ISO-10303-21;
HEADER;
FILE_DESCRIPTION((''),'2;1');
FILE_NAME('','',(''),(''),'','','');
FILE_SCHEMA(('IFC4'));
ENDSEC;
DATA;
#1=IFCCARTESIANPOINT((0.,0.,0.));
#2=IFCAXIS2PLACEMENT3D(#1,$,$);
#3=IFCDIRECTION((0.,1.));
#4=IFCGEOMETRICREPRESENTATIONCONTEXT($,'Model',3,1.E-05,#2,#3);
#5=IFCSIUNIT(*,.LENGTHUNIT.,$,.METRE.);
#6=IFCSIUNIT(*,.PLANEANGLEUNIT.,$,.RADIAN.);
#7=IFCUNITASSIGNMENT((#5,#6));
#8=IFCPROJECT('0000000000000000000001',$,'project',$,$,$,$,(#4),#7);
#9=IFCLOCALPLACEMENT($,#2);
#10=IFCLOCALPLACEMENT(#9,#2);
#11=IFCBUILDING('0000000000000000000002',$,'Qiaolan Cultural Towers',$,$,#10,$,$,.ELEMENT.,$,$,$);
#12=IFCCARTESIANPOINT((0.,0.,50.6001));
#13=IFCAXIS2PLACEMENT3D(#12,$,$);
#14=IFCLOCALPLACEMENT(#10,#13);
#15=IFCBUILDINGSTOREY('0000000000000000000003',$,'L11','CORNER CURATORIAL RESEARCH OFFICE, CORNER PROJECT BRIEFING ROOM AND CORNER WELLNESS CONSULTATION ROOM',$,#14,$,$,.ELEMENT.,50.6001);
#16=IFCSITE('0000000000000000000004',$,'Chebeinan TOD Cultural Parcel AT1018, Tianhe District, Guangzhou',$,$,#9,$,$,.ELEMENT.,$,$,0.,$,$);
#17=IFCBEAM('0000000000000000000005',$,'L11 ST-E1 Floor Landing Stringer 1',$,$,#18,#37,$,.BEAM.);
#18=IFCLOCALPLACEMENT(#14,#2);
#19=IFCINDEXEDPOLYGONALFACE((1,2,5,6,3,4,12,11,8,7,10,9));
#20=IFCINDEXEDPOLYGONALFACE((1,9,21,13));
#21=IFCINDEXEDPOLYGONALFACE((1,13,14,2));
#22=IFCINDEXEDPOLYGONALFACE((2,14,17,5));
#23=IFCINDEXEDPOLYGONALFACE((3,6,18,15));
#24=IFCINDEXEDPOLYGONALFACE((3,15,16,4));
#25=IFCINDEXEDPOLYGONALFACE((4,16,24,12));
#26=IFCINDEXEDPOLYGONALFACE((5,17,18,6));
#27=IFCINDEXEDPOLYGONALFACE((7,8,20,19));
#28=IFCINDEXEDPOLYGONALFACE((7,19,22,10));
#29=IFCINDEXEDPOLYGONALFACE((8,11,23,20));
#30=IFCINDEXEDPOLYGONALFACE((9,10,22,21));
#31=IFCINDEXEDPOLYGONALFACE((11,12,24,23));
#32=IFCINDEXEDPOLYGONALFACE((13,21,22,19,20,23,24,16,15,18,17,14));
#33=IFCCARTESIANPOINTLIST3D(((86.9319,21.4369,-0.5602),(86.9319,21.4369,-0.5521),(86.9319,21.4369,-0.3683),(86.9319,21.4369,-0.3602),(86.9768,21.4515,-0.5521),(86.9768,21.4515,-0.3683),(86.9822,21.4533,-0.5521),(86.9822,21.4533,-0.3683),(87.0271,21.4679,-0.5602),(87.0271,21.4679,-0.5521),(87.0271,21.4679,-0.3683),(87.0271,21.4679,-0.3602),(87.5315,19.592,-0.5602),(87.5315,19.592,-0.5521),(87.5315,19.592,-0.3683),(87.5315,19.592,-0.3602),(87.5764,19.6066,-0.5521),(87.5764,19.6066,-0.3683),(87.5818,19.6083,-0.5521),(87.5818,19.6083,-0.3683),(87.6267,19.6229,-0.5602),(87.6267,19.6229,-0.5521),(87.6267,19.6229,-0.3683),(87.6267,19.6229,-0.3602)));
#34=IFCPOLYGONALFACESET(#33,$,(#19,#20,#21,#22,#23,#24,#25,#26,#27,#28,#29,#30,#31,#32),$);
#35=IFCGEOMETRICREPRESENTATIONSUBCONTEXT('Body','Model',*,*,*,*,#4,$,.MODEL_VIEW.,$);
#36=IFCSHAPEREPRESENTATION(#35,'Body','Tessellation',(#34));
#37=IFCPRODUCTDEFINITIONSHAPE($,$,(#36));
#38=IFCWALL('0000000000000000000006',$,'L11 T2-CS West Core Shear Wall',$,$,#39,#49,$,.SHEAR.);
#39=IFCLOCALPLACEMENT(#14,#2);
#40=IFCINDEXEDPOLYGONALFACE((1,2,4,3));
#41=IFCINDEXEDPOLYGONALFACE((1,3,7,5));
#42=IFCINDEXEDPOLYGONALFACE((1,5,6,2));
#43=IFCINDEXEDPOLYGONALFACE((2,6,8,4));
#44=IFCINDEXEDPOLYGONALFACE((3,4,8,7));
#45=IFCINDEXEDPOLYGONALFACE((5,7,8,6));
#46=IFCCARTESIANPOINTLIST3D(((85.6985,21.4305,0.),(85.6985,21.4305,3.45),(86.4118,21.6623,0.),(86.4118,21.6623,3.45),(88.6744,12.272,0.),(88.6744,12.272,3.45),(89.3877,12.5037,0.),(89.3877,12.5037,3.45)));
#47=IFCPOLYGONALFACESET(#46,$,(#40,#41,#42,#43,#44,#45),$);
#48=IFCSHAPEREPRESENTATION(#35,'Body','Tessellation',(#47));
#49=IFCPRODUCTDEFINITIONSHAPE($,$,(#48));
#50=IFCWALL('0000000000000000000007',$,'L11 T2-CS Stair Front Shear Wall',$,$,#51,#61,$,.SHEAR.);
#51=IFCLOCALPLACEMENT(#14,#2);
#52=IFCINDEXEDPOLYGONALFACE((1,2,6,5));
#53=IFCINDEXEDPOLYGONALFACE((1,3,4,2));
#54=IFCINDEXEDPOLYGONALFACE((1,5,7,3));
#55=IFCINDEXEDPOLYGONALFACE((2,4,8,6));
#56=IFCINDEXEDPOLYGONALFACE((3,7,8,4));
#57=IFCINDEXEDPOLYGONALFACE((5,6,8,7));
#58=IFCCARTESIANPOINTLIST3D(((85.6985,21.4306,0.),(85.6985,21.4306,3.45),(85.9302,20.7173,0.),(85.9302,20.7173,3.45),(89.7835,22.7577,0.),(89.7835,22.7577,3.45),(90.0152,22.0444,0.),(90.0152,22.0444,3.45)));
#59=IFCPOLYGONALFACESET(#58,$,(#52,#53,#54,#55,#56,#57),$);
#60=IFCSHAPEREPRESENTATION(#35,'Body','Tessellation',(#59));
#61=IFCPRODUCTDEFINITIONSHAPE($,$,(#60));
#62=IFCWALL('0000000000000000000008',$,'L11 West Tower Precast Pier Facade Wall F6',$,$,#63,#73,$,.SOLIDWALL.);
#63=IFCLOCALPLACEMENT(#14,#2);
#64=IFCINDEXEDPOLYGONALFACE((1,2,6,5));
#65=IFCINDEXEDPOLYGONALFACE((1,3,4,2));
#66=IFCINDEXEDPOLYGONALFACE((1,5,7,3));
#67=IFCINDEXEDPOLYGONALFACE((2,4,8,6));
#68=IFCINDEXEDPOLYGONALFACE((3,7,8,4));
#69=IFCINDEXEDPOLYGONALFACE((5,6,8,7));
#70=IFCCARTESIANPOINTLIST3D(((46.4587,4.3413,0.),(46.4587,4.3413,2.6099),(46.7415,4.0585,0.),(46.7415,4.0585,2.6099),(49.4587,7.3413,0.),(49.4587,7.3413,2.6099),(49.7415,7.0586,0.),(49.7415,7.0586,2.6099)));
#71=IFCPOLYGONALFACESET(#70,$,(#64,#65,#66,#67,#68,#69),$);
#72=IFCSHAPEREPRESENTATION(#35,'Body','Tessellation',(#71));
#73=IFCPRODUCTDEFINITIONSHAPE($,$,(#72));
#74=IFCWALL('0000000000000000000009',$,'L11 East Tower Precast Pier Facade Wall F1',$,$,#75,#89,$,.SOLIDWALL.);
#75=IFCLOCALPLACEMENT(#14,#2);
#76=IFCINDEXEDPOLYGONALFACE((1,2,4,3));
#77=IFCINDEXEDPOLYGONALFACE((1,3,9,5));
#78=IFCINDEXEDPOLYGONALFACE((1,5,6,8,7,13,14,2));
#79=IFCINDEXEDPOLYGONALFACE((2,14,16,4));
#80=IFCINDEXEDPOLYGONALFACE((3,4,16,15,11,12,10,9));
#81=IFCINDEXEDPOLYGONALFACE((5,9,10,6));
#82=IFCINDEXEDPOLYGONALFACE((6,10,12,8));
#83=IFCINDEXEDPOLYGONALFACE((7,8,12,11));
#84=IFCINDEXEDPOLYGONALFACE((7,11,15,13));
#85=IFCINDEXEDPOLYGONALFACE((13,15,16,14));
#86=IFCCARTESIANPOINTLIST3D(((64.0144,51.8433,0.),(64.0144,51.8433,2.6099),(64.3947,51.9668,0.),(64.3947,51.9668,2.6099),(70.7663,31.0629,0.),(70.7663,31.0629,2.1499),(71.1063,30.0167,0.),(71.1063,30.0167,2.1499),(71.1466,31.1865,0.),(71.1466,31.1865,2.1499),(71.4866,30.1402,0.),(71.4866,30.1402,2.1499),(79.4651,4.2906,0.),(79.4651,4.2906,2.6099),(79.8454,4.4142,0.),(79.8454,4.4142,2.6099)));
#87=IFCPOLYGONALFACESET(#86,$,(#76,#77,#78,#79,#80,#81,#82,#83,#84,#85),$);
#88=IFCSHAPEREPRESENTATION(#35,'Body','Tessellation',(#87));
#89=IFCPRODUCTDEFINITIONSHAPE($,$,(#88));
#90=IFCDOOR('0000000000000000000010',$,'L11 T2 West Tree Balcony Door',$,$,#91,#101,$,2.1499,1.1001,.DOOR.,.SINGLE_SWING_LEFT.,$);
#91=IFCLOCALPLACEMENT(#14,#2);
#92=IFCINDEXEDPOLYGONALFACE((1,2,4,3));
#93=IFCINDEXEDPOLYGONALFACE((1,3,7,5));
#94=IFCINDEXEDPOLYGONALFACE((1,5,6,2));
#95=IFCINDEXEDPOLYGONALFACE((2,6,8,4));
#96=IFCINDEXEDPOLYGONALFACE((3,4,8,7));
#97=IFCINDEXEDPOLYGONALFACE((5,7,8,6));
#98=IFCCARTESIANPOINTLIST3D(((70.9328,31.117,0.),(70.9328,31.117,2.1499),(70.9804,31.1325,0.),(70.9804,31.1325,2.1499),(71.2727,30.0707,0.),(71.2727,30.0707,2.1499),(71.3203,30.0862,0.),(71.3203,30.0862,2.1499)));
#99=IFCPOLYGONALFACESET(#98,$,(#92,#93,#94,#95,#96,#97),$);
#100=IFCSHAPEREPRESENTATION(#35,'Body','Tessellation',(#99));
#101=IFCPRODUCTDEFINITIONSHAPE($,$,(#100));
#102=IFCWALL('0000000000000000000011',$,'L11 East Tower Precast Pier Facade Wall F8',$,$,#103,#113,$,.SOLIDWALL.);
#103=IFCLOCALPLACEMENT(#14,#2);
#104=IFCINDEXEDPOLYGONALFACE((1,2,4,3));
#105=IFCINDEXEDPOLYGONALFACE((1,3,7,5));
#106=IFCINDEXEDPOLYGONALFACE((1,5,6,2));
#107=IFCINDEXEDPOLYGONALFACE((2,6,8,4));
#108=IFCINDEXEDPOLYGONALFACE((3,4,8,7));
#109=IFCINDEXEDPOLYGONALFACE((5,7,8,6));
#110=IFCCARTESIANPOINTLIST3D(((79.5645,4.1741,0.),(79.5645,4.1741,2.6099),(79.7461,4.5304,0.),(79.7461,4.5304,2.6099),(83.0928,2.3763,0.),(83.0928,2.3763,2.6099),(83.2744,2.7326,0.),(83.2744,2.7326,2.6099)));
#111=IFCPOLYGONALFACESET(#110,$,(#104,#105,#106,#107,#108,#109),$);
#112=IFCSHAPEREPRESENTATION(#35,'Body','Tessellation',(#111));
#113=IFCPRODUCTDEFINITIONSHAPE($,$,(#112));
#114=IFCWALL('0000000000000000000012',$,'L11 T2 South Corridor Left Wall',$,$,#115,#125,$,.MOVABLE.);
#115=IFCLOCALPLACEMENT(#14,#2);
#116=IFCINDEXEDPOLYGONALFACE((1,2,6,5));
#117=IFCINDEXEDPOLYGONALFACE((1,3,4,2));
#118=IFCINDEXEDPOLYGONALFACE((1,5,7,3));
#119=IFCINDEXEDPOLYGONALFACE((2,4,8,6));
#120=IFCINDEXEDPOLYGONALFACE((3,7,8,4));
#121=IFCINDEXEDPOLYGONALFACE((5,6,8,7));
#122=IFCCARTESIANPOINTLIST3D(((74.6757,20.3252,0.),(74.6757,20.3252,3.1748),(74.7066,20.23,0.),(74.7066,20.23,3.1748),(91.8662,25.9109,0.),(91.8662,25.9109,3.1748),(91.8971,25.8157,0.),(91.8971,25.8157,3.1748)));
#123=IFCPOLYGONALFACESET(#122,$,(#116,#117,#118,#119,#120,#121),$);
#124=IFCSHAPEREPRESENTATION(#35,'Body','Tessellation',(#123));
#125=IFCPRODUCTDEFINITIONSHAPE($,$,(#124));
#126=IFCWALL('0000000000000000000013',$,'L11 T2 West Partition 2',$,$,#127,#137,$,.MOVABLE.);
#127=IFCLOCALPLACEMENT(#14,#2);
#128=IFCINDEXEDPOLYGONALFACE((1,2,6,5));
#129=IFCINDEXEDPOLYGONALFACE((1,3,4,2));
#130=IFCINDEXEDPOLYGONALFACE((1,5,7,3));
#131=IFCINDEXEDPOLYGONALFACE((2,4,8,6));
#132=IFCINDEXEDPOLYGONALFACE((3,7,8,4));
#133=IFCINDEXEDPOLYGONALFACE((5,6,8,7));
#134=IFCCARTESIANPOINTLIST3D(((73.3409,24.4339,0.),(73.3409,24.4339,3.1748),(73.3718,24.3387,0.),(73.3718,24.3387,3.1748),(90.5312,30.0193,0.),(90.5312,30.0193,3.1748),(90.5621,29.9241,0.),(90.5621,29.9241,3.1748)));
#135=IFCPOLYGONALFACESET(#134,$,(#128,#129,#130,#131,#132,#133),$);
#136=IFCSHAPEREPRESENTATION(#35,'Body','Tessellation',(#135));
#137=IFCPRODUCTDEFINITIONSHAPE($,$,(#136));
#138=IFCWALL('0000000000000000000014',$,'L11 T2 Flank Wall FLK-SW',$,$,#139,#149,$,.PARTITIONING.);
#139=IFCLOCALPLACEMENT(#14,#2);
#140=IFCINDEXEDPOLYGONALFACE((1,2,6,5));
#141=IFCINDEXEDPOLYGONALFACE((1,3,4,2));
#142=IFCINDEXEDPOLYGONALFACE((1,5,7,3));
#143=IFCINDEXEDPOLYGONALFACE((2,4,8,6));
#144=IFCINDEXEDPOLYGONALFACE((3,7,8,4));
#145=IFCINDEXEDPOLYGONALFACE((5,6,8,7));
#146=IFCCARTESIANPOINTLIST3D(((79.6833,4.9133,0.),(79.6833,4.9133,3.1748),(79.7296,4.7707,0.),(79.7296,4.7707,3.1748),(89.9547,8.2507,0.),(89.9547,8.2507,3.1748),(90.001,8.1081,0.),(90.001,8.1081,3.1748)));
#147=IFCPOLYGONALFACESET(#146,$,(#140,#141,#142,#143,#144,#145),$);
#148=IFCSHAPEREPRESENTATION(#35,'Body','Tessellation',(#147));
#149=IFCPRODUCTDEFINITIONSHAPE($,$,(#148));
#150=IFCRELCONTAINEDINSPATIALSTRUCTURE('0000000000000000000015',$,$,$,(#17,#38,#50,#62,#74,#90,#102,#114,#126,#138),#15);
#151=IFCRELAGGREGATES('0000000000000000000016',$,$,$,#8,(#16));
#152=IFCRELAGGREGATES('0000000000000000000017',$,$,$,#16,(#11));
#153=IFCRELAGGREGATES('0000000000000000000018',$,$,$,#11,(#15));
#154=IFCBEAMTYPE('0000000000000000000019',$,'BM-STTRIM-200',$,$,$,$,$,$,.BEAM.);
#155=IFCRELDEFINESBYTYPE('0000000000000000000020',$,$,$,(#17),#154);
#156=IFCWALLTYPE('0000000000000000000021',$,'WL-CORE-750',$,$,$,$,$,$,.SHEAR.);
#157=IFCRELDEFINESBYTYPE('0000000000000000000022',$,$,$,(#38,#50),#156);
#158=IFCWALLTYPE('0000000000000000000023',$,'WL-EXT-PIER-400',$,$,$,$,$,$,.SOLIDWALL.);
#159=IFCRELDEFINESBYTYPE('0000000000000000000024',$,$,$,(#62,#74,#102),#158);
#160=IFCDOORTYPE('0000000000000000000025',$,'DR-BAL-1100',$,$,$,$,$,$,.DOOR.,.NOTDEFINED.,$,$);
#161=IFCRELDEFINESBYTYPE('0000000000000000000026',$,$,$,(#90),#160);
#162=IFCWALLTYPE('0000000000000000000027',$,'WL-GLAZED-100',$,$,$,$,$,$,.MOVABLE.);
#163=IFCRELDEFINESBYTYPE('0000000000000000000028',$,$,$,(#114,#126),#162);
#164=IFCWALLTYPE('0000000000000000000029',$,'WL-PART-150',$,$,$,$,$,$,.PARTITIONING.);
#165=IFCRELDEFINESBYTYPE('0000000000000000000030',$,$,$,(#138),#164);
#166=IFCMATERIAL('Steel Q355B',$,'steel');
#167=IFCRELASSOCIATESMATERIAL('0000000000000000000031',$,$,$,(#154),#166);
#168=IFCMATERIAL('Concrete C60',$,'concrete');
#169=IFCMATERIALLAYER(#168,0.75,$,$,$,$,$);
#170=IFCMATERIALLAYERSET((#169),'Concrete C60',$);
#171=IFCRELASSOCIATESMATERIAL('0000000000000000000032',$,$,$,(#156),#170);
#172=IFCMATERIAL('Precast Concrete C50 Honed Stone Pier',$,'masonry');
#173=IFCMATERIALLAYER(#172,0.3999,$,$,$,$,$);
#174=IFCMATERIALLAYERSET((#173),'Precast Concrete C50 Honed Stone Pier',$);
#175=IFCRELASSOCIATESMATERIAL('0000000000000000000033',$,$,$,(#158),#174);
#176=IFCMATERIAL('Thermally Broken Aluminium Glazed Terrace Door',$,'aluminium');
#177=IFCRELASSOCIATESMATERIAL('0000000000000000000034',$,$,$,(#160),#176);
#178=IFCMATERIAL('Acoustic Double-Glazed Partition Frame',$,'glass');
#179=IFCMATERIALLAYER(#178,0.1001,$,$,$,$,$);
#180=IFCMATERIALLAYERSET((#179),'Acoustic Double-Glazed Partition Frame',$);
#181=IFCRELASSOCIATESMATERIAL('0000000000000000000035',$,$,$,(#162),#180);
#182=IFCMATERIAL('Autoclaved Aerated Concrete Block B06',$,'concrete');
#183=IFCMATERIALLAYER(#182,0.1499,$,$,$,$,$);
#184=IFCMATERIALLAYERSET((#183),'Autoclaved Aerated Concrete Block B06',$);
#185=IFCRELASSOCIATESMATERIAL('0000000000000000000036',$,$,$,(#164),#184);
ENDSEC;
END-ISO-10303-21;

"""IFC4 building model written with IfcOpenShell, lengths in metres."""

from ifc_helpers import new_model, si_unit, direction, frame, frame_2d, origin, origin_2d, place, context, subcontext, project, spatial, rectangle, i_section, extrude, material, layer, layer_set, material_profile, profile_set, type_object, element, fill, save


model = new_model("IFC4")

# Units and contexts
model_context = context("Model", 3, precision=1e-05, world=origin(), true_north=direction((0.0, 1.0)))
body_context = subcontext(model_context, "Body", "Model", "MODEL_VIEW")
ifc_project = project(units=[si_unit("LENGTHUNIT", "METRE"), si_unit("PLANEANGLEUNIT", "RADIAN")], contexts=[model_context])

# Site, building, storey
site_placement = place(None, origin())
site = spatial("IfcSite", under=ifc_project, at=site_placement, Name="Chebeinan TOD Cultural Parcel AT1018, Tianhe District, Guangzhou", CompositionType="ELEMENT", RefElevation=0.0)
building_placement = place(site_placement, origin())
building = spatial("IfcBuilding", under=site, at=building_placement, Name="Qiaolan Cultural Towers", CompositionType="ELEMENT")
storey_placement = place(building_placement, frame((0.0, 0.0, 50.6001)))
storey = spatial("IfcBuildingStorey", under=building, at=storey_placement, Name="L11", Description="CORNER CURATORIAL RESEARCH OFFICE, CORNER PROJECT BRIEFING ROOM AND CORNER WELLNESS CONSULTATION ROOM", CompositionType="ELEMENT", Elevation=50.6001)

# Beam
ifc_material_1 = material(Name="Steel Q355B", Category="steel")
ifc_material_profile_1 = material_profile(ifc_material_1, i_section(OverallWidth=0.1001, OverallDepth=0.2, WebThickness=0.0056, FlangeThickness=0.0081, at=origin_2d()), Name="HN200x100x5.5x8")
ifc_profile_set_1 = profile_set([ifc_material_profile_1], Name="Steel Q355B")
beam_type_1 = type_object("IfcBeamType", Name="BM-STTRIM-200", PredefinedType="BEAM", material=ifc_profile_set_1)
beam_1_placement = place(storey_placement, frame((86.9795, 21.4524, -0.4602), z_axis=(0.309083, -0.951035, 0.0), x_axis=(0.951035, 0.309083, 0.0)))
element("IfcBeam", 1, at=beam_1_placement, inside=storey, type_object=beam_type_1, Name="L11 ST-E1 Floor Landing Stringer 1", PredefinedType="BEAM", context=body_context, shape_type="SweptSolid", body=[
    extrude(i_section(OverallWidth=0.1001, OverallDepth=0.2, WebThickness=0.0056, FlangeThickness=0.0081, at=origin_2d()), origin(), (0.0, 0.0, 1.0), 1.9399),
])

# Walls
ifc_material_2 = material(Name="Concrete C60", Category="concrete")
ifc_layer_1 = layer(ifc_material_2, 0.75)
ifc_layer_set_1 = layer_set([ifc_layer_1], Name="Concrete C60")
wall_type_1 = type_object("IfcWallType", Name="WL-CORE-750", PredefinedType="SHEAR", material=ifc_layer_set_1)
wall_1_placement = place(storey_placement, frame((86.0552, 21.5464, 0.0), z_axis=(0.0, 0.0, 1.0), x_axis=(0.309024, -0.951054, 0.0)))
element("IfcWall", 2, at=wall_1_placement, inside=storey, type_object=wall_type_1, Name="L11 T2-CS West Core Shear Wall", PredefinedType="SHEAR", context=body_context, shape_type="SweptSolid", body=[
    extrude(rectangle(XDim=9.6299, YDim=0.75, at=frame_2d((4.8149, 0.0))), origin(), (0.0, 0.0, 1.0), 3.45),
])
wall_2_placement = place(storey_placement, frame((85.8145, 21.074, 0.0), z_axis=(0.0, 0.0, 1.0), x_axis=(0.951066, 0.308988, 0.0)))
element("IfcWall", 3, at=wall_2_placement, inside=storey, type_object=wall_type_1, Name="L11 T2-CS Stair Front Shear Wall", PredefinedType="SHEAR", context=body_context, shape_type="SweptSolid", body=[
    extrude(rectangle(XDim=4.2952, YDim=0.75, at=frame_2d((2.1475, 0.0))), origin(), (0.0, 0.0, 1.0), 3.45),
])
ifc_material_3 = material(Name="Precast Concrete C50 Honed Stone Pier", Category="masonry")
ifc_layer_2 = layer(ifc_material_3, 0.3999)
ifc_layer_set_2 = layer_set([ifc_layer_2], Name="Precast Concrete C50 Honed Stone Pier")
wall_type_2 = type_object("IfcWallType", Name="WL-EXT-PIER-400", PredefinedType="SOLIDWALL", material=ifc_layer_set_2)
wall_3_placement = place(storey_placement, frame((49.6001, 7.2, 0.0), z_axis=(0.0, 0.0, 1.0), x_axis=(-0.707107, -0.707107, 0.0)))
element("IfcWall", 4, at=wall_3_placement, inside=storey, type_object=wall_type_2, Name="L11 West Tower Precast Pier Facade Wall F6", PredefinedType="SOLIDWALL", context=body_context, shape_type="SweptSolid", body=[
    extrude(rectangle(XDim=4.2427, YDim=0.3999, at=frame_2d((2.1213, 0.0))), origin(), (0.0, 0.0, 1.0), 2.6099),
])

# Wall, opening, door
wall_4_placement = place(storey_placement, frame((79.6553, 4.3523, 0.0), z_axis=(0.0, 0.0, 1.0), x_axis=(-0.309015, 0.951057, 0.0)))
wall_4 = element("IfcWall", 5, at=wall_4_placement, inside=storey, type_object=wall_type_2, Name="L11 East Tower Precast Pier Facade Wall F1", PredefinedType="SOLIDWALL", context=body_context, shape_type="SweptSolid", body=[
    extrude(rectangle(XDim=49.9998, YDim=0.3999, at=frame_2d((25.0, 0.0))), origin(), (0.0, 0.0, 1.0), 2.6099),
])
opening_1_placement = place(wall_4_placement, frame((27.05, 0.0, 0.0)))
opening_1 = element("IfcOpeningElement", 6, at=opening_1_placement, cuts=wall_4, PredefinedType="OPENING", context=body_context, shape_type="SweptSolid", body=[
    extrude(rectangle(XDim=1.1001, YDim=2.1499, at=frame_2d((0.55, 1.075))), frame((0.0, 0.21, 0.0), z_axis=(0.0, -1.0, 0.0), x_axis=(1.0, 0.0, 0.0)), (0.0, 0.0, 1.0), 0.4199),
])
ifc_material_4 = material(Name="Thermally Broken Aluminium Glazed Terrace Door", Category="aluminium")
door_type_1 = type_object("IfcDoorType", Name="DR-BAL-1100", OperationType="NOTDEFINED", PredefinedType="DOOR", material=ifc_material_4)
door_1_placement = place(opening_1_placement, origin())
door_1 = element("IfcDoor", 7, at=door_1_placement, inside=storey, type_object=door_type_1, Name="L11 T2 West Tree Balcony Door", OperationType="SINGLE_SWING_LEFT", OverallHeight=2.1499, OverallWidth=1.1001, PredefinedType="DOOR", context=body_context, shape_type="SweptSolid", body=[
    extrude(rectangle(XDim=1.1001, YDim=2.1499, at=frame_2d((0.55, 1.075))), frame((0.0, 0.0249, 0.0), z_axis=(0.0, -1.0, 0.0), x_axis=(1.0, 0.0, 0.0)), (0.0, 0.0, 1.0), 0.05),
])
fill(opening_1, door_1)

# Walls
wall_5_placement = place(storey_placement, frame((83.1836, 2.5544, 0.0), z_axis=(0.0, 0.0, 1.0), x_axis=(-0.890998, 0.454007, 0.0)))
element("IfcWall", 8, at=wall_5_placement, inside=storey, type_object=wall_type_2, Name="L11 East Tower Precast Pier Facade Wall F8", PredefinedType="SOLIDWALL", context=body_context, shape_type="SweptSolid", body=[
    extrude(rectangle(XDim=3.96, YDim=0.3999, at=frame_2d((1.98, 0.0))), origin(), (0.0, 0.0, 1.0), 2.6099),
])
ifc_material_5 = material(Name="Acoustic Double-Glazed Partition Frame", Category="glass")
ifc_layer_3 = layer(ifc_material_5, 0.1001)
ifc_layer_set_3 = layer_set([ifc_layer_3], Name="Acoustic Double-Glazed Partition Frame")
wall_type_3 = type_object("IfcWallType", Name="WL-GLAZED-100", PredefinedType="MOVABLE", material=ifc_layer_set_3)
wall_6_placement = place(storey_placement, frame((74.6912, 20.2776, 0.0), z_axis=(0.0, 0.0, 1.0), x_axis=(0.951054, 0.309026, 0.0)))
element("IfcWall", 9, at=wall_6_placement, inside=storey, type_object=wall_type_3, Name="L11 T2 South Corridor Left Wall", PredefinedType="MOVABLE", context=body_context, shape_type="SweptSolid", body=[
    extrude(rectangle(XDim=18.0752, YDim=0.1001, at=frame_2d((9.0376, 0.0))), origin(), (0.0, 0.0, 1.0), 3.1748),
])
wall_7_placement = place(storey_placement, frame((73.3562, 24.3862, 0.0), z_axis=(0.0, 0.0, 1.0), x_axis=(0.951057, 0.309014, 0.0)))
element("IfcWall", 10, at=wall_7_placement, inside=storey, type_object=wall_type_3, Name="L11 T2 West Partition 2", PredefinedType="MOVABLE", context=body_context, shape_type="SweptSolid", body=[
    extrude(rectangle(XDim=18.075, YDim=0.1001, at=frame_2d((9.0376, 0.0))), origin(), (0.0, 0.0, 1.0), 3.1748),
])
ifc_material_6 = material(Name="Autoclaved Aerated Concrete Block B06", Category="concrete")
ifc_layer_4 = layer(ifc_material_6, 0.1499)
ifc_layer_set_4 = layer_set([ifc_layer_4], Name="Autoclaved Aerated Concrete Block B06")
wall_type_4 = type_object("IfcWallType", Name="WL-PART-150", PredefinedType="PARTITIONING", material=ifc_layer_set_4)
wall_8_placement = place(storey_placement, frame((79.7065, 4.842, 0.0), z_axis=(0.0, 0.0, 1.0), x_axis=(0.951057, 0.309017, 0.0)))
element("IfcWall", 11, at=wall_8_placement, inside=storey, type_object=wall_type_4, Name="L11 T2 Flank Wall FLK-SW", PredefinedType="PARTITIONING", context=body_context, shape_type="SweptSolid", body=[
    extrude(rectangle(XDim=10.8, YDim=0.1499, at=frame_2d((5.3999, 0.0))), origin(), (0.0, 0.0, 1.0), 3.1748),
])

save(model, "model.ifc")
